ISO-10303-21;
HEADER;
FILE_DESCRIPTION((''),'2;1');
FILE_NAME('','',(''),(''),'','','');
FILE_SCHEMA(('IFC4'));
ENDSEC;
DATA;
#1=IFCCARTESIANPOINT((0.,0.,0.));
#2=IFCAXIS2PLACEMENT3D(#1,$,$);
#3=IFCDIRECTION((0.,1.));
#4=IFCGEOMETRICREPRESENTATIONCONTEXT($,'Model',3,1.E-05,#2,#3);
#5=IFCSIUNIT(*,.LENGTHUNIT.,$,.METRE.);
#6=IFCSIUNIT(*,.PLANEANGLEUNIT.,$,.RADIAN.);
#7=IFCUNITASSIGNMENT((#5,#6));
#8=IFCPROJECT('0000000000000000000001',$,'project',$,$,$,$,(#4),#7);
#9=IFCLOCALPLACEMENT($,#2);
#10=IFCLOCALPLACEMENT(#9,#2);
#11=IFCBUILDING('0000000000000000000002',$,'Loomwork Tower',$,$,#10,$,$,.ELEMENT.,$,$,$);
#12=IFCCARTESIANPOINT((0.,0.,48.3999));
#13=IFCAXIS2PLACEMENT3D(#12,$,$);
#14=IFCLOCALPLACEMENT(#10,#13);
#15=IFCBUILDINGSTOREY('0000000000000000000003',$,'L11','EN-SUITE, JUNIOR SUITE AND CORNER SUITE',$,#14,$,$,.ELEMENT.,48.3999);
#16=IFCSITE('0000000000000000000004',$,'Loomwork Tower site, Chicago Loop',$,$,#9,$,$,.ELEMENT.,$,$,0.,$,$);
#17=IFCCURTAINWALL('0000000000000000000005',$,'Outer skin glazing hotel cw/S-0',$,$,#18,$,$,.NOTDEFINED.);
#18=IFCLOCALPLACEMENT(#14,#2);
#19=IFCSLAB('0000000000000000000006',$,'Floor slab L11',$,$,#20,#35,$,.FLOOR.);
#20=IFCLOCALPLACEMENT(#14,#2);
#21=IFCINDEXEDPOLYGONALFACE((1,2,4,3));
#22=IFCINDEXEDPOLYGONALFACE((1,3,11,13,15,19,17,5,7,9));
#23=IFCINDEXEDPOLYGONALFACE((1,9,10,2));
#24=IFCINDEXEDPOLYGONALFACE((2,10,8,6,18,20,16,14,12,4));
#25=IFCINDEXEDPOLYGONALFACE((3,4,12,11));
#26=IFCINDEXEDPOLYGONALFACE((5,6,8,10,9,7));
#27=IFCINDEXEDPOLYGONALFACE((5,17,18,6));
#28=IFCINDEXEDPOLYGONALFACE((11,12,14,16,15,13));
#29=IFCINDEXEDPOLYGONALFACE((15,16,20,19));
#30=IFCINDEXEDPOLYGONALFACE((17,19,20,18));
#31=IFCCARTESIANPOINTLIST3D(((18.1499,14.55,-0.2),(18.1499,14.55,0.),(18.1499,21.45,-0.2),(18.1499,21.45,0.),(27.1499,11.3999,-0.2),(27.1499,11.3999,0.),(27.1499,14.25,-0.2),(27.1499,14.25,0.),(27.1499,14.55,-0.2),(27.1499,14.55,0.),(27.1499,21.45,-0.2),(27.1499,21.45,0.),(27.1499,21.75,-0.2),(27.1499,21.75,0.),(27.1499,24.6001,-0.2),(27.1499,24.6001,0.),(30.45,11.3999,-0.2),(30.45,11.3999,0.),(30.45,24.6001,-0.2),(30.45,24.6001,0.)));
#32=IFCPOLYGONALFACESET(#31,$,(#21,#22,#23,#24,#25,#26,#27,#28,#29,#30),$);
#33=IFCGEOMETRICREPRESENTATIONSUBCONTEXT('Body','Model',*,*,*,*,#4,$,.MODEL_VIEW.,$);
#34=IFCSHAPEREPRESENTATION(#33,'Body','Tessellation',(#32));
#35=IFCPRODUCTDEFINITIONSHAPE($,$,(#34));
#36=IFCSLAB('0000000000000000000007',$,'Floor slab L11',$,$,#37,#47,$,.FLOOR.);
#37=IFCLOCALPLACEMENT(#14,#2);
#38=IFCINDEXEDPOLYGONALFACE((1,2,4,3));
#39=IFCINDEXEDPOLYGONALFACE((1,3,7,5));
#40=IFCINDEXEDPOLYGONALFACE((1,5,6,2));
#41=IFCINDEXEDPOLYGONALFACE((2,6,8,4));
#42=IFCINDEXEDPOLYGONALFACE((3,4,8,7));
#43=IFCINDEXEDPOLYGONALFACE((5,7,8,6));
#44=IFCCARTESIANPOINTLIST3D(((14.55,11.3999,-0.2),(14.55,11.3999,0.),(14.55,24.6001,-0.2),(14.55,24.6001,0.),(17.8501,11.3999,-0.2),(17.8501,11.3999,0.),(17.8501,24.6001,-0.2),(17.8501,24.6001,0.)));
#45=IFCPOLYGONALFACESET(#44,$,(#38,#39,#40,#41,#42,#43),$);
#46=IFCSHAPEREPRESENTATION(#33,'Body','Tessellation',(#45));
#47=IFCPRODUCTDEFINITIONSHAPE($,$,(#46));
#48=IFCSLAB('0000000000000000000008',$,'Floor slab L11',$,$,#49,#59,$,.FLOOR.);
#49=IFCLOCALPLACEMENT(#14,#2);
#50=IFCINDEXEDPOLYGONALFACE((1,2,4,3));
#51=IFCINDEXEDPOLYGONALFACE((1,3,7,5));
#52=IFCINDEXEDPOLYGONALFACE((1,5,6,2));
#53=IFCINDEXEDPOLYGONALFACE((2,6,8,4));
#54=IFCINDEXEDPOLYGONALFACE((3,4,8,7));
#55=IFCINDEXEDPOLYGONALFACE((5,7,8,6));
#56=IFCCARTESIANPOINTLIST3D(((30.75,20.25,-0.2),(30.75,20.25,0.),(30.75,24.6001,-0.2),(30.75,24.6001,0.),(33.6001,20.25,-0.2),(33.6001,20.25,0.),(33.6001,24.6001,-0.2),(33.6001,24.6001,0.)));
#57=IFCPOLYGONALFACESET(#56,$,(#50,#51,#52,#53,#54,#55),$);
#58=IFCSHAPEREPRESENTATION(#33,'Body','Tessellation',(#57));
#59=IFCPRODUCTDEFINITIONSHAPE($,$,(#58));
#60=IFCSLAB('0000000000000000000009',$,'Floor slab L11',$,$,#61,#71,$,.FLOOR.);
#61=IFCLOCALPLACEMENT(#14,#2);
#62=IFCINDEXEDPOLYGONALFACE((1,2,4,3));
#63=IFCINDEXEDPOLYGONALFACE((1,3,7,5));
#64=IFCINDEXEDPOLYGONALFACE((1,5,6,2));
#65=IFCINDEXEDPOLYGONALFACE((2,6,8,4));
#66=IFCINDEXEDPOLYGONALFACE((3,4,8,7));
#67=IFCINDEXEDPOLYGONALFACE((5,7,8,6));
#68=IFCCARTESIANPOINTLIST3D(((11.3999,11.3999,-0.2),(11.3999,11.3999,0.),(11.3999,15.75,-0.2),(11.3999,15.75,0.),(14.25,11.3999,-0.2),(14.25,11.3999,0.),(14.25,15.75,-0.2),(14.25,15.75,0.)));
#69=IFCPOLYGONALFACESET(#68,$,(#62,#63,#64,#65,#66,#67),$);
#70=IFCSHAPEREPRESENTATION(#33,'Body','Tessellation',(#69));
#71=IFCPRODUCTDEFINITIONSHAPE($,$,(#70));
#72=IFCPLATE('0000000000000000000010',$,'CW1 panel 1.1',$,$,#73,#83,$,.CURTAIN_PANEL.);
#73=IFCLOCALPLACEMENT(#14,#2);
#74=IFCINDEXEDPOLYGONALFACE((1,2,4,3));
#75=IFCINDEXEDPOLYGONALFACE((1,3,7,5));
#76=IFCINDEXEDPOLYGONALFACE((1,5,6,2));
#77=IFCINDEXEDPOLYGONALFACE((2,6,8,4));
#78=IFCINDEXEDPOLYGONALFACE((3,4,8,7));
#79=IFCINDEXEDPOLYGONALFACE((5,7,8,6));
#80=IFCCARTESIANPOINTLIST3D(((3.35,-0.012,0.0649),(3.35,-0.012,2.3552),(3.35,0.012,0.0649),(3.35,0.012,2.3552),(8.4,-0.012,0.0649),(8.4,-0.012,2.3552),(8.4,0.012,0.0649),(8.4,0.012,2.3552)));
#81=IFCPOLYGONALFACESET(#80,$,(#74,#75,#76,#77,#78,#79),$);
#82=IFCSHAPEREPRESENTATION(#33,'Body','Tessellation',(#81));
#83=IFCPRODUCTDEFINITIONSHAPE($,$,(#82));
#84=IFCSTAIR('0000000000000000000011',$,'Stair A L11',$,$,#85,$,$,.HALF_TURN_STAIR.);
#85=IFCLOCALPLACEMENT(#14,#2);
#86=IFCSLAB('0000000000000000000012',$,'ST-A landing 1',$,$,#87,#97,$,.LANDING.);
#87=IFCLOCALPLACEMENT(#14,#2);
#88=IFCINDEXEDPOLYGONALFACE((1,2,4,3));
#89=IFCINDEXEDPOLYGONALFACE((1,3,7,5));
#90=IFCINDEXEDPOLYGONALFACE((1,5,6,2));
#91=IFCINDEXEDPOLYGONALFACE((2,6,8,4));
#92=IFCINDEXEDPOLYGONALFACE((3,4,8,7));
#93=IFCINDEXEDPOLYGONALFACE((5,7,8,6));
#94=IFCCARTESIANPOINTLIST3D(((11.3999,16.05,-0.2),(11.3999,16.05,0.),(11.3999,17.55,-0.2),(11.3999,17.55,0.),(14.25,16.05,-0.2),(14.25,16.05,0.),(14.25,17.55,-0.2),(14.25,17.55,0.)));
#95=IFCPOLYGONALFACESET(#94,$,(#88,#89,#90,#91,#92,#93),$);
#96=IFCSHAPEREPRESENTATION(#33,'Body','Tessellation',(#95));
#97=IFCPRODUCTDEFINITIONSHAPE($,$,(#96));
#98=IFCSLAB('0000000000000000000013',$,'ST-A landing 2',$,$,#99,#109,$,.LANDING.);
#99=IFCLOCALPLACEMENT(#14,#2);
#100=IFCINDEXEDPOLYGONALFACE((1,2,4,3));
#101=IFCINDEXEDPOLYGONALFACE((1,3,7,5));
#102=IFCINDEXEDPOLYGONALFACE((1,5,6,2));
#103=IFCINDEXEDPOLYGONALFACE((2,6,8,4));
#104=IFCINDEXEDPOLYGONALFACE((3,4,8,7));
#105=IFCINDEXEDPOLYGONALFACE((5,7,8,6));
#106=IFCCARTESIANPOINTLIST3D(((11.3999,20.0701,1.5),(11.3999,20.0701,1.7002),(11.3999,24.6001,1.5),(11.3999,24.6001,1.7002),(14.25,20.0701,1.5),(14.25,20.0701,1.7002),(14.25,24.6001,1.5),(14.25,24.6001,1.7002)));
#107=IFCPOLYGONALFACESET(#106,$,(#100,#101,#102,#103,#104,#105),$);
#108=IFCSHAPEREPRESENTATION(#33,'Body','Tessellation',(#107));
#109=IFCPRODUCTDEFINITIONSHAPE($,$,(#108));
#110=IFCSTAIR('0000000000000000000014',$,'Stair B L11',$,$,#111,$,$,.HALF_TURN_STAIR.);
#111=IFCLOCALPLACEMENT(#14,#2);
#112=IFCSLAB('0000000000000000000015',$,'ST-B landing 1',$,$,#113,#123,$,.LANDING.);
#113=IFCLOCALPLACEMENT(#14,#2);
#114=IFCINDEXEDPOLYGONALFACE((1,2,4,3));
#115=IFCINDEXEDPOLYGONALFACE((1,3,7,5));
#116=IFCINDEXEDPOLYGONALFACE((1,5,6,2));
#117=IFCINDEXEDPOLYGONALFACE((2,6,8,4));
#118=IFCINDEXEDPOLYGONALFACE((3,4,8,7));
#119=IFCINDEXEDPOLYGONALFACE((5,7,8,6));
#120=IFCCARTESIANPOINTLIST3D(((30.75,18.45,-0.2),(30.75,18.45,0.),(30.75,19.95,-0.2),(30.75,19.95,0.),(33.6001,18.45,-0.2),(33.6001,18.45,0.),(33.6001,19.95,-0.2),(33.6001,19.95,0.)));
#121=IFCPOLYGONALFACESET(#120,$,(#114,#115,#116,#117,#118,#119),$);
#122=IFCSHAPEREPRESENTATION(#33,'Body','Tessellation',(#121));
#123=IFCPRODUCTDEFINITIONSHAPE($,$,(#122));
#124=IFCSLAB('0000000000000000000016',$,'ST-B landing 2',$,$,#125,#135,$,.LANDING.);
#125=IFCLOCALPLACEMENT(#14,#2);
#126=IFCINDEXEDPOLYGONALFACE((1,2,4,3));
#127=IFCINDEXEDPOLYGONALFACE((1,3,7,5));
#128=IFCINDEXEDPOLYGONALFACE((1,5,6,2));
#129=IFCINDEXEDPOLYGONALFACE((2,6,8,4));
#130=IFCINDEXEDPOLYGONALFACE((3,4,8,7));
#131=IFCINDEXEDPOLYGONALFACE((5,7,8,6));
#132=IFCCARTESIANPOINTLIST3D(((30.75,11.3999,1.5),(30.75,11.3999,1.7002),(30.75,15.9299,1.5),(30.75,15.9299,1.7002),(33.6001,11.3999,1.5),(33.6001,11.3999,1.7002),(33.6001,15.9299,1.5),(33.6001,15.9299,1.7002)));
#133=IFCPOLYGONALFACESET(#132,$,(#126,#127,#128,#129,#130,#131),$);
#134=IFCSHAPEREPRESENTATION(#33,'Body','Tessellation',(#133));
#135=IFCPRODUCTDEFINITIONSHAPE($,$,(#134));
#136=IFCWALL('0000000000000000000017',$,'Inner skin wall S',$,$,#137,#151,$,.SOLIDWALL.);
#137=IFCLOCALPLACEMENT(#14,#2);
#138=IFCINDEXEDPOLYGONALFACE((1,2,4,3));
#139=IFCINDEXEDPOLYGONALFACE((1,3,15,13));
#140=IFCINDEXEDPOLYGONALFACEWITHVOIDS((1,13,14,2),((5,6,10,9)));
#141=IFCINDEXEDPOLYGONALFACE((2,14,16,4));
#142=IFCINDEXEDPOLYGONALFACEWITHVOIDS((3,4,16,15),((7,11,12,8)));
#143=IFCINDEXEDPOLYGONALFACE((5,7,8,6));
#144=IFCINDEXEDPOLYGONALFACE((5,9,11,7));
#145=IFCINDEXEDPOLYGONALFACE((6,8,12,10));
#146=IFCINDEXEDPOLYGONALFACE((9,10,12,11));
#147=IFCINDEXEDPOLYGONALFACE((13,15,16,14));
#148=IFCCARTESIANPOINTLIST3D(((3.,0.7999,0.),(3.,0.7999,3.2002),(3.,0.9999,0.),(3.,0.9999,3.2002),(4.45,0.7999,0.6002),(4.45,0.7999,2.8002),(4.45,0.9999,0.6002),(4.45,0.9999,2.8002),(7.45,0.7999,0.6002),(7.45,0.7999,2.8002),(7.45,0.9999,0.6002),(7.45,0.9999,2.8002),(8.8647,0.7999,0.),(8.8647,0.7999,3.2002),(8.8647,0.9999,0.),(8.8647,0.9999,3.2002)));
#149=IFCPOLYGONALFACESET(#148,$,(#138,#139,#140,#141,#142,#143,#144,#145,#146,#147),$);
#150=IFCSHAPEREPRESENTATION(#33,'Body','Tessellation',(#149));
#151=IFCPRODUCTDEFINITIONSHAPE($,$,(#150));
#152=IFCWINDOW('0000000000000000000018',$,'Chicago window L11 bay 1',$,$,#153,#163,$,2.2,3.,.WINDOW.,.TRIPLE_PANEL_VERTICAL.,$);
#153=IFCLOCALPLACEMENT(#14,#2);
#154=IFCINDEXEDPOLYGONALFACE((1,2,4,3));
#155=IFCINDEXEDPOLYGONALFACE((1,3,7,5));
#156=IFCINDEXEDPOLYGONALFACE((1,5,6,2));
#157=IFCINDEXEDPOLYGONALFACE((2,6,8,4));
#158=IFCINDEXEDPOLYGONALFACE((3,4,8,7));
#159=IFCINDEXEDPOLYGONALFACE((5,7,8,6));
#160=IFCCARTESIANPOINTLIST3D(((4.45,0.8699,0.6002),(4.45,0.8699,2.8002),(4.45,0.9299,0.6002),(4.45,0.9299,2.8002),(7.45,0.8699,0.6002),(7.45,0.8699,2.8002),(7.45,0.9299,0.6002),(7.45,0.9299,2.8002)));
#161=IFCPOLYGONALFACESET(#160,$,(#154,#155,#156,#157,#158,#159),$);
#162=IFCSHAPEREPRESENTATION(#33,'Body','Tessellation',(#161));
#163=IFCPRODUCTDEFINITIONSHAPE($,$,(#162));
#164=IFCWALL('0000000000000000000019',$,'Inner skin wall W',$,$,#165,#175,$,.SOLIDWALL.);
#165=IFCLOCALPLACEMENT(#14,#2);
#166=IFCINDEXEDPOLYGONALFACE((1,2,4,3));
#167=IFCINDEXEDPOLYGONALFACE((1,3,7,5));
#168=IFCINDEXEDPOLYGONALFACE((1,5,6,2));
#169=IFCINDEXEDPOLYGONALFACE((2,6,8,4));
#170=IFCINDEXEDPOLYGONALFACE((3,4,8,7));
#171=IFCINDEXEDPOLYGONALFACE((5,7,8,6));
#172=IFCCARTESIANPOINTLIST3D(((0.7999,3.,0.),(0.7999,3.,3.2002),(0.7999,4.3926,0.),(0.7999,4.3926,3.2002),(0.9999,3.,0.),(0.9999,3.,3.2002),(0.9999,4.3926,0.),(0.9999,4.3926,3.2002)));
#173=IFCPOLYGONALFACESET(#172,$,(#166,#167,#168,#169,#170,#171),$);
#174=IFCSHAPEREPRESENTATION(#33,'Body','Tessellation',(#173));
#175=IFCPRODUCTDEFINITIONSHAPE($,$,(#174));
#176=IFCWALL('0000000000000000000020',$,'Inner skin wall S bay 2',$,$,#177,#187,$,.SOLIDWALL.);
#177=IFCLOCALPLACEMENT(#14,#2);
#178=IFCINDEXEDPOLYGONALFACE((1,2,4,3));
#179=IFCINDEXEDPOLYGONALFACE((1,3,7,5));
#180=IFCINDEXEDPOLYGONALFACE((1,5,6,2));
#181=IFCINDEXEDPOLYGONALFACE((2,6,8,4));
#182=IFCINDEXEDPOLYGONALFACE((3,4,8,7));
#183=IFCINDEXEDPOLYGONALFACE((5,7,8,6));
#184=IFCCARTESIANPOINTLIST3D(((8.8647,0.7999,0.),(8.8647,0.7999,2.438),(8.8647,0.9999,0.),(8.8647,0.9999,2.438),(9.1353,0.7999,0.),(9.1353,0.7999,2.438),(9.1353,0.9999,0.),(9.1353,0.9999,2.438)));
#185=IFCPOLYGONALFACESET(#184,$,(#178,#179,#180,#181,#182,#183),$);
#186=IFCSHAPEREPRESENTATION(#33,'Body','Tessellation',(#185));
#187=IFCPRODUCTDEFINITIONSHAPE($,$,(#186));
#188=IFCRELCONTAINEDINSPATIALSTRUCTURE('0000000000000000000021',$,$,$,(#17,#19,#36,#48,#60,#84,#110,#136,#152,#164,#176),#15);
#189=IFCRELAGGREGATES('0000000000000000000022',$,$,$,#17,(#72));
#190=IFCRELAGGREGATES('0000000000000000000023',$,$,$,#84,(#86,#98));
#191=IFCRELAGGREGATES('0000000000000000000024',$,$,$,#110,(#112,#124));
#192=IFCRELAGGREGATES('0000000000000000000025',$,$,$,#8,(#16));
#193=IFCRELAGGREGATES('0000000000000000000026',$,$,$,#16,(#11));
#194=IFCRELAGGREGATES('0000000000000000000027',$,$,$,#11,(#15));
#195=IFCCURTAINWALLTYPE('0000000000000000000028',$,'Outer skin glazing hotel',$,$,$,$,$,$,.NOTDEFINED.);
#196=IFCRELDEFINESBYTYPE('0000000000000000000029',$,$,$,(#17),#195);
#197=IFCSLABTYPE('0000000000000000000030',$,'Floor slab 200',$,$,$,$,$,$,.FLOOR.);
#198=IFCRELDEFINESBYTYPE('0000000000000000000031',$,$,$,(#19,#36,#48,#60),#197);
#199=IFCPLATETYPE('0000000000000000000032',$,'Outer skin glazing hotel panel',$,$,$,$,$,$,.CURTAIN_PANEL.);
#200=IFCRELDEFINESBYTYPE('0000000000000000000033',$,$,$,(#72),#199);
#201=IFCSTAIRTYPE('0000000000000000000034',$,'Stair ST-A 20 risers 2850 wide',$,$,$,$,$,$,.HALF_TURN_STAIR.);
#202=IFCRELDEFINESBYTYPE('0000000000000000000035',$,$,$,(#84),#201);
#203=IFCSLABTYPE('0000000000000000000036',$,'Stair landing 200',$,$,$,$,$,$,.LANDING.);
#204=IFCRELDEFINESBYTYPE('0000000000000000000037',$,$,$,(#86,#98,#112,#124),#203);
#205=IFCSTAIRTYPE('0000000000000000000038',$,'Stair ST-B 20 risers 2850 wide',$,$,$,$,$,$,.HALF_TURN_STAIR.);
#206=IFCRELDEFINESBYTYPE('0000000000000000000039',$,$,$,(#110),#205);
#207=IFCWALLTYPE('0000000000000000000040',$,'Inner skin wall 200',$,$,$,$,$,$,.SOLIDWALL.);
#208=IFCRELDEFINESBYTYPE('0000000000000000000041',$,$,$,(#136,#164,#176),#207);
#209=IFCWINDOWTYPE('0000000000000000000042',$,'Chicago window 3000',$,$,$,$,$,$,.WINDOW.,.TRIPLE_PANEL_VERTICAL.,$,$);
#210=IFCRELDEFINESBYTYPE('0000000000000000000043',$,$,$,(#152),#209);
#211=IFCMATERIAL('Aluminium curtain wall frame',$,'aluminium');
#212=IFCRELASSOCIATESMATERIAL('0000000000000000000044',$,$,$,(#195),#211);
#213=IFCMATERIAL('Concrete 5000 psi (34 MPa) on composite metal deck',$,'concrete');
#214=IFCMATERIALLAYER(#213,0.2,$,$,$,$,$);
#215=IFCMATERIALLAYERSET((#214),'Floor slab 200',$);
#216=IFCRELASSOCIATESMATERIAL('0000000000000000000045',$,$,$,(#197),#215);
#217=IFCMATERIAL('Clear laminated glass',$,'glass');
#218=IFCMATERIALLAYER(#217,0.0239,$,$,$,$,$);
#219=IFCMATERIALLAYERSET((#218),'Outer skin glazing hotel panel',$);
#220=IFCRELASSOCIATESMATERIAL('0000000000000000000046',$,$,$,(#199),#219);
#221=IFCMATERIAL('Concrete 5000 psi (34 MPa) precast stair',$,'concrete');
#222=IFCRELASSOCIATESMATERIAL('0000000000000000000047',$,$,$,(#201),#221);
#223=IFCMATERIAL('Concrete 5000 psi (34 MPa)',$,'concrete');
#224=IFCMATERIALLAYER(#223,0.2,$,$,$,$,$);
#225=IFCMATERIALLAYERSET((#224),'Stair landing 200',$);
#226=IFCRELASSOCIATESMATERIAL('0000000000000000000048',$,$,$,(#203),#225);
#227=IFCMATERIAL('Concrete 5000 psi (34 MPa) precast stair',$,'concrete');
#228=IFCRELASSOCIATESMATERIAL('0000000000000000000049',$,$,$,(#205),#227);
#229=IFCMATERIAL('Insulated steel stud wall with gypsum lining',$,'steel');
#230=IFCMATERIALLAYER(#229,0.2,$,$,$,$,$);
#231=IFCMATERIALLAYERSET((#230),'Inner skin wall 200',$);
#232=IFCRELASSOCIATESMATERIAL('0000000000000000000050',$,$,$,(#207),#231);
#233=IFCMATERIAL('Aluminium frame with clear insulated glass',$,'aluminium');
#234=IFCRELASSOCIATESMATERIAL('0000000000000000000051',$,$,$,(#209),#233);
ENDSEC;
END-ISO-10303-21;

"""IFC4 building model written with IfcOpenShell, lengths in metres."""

from ifc_helpers import new_model, si_unit, direction, frame, frame_2d, origin, origin_2d, place, context, subcontext, project, spatial, polyline, rectangle, outline, extrude, material, layer, layer_set, type_object, element, fill, aggregate, save


model = new_model("IFC4")

# Units and contexts
model_context = context("Model", 3, precision=1e-05, world=origin(), true_north=direction((0.0, 1.0)))
body_context = subcontext(model_context, "Body", "Model", "MODEL_VIEW")
ifc_project = project(units=[si_unit("LENGTHUNIT", "METRE"), si_unit("PLANEANGLEUNIT", "RADIAN")], contexts=[model_context])

# Site, building, storey
site_placement = place(None, origin())
site = spatial("IfcSite", under=ifc_project, at=site_placement, Name="Loomwork Tower site, Chicago Loop", CompositionType="ELEMENT", RefElevation=0.0)
building_placement = place(site_placement, origin())
building = spatial("IfcBuilding", under=site, at=building_placement, Name="Loomwork Tower", CompositionType="ELEMENT")
storey_placement = place(building_placement, frame((0.0, 0.0, 48.3999)))
storey = spatial("IfcBuildingStorey", under=building, at=storey_placement, Name="L11", Description="EN-SUITE, JUNIOR SUITE AND CORNER SUITE", CompositionType="ELEMENT", Elevation=48.3999)

# Curtain wall
ifc_material_1 = material(Name="Aluminium curtain wall frame", Category="aluminium")
curtain_wall_type = type_object("IfcCurtainWallType", Name="Outer skin glazing hotel", PredefinedType="NOTDEFINED", material=ifc_material_1)
curtain_wall_1_placement = place(storey_placement, origin())
curtain_wall_1 = element("IfcCurtainWall", 1, at=curtain_wall_1_placement, inside=storey, type_object=curtain_wall_type, Name="Outer skin glazing hotel cw/S-0", PredefinedType="NOTDEFINED")

# Slabs
ifc_material_2 = material(Name="Concrete 5000 psi (34 MPa) on composite metal deck", Category="concrete")
ifc_layer_1 = layer(ifc_material_2, 0.2)
ifc_layer_set_1 = layer_set([ifc_layer_1], Name="Floor slab 200")
slab_type_1 = type_object("IfcSlabType", Name="Floor slab 200", PredefinedType="FLOOR", material=ifc_layer_set_1)
slab_1_placement = place(storey_placement, frame((0.0, 0.0, -0.2)))
element("IfcSlab", 2, at=slab_1_placement, inside=storey, type_object=slab_type_1, Name="Floor slab L11", PredefinedType="FLOOR", context=body_context, shape_type="SweptSolid", body=[
    extrude(outline(polyline([(30.45, 24.6001), (30.45, 11.3999), (27.1499, 11.3999), (27.1499, 14.25), (27.1499, 14.55), (18.1499, 14.55), (18.1499, 21.45), (27.1499, 21.45), (27.1499, 21.75), (27.1499, 24.6001), (30.45, 24.6001)])), origin(), (0.0, 0.0, 1.0), 0.2),
])
slab_2_placement = place(storey_placement, frame((0.0, 0.0, -0.2)))
element("IfcSlab", 3, at=slab_2_placement, inside=storey, type_object=slab_type_1, Name="Floor slab L11", PredefinedType="FLOOR", context=body_context, shape_type="SweptSolid", body=[
    extrude(outline(polyline([(14.55, 11.3999), (14.55, 24.6001), (17.8501, 24.6001), (17.8501, 11.3999), (14.55, 11.3999)])), origin(), (0.0, 0.0, 1.0), 0.2),
])
slab_3_placement = place(storey_placement, frame((0.0, 0.0, -0.2)))
element("IfcSlab", 4, at=slab_3_placement, inside=storey, type_object=slab_type_1, Name="Floor slab L11", PredefinedType="FLOOR", context=body_context, shape_type="SweptSolid", body=[
    extrude(outline(polyline([(33.6001, 20.25), (30.75, 20.25), (30.75, 24.6001), (33.6001, 24.6001), (33.6001, 20.25)])), origin(), (0.0, 0.0, 1.0), 0.2),
])
slab_4_placement = place(storey_placement, frame((0.0, 0.0, -0.2)))
element("IfcSlab", 5, at=slab_4_placement, inside=storey, type_object=slab_type_1, Name="Floor slab L11", PredefinedType="FLOOR", context=body_context, shape_type="SweptSolid", body=[
    extrude(outline(polyline([(14.25, 15.75), (14.25, 11.3999), (11.3999, 11.3999), (11.3999, 15.75), (14.25, 15.75)])), origin(), (0.0, 0.0, 1.0), 0.2),
])

# Plate
ifc_material_3 = material(Name="Clear laminated glass", Category="glass")
ifc_layer_2 = layer(ifc_material_3, 0.0239)
ifc_layer_set_2 = layer_set([ifc_layer_2], Name="Outer skin glazing hotel panel")
plate_type = type_object("IfcPlateType", Name="Outer skin glazing hotel panel", PredefinedType="CURTAIN_PANEL", material=ifc_layer_set_2)
plate_placement = place(storey_placement, frame((5.875, 0.0, 0.0649), z_axis=(0.0, 0.0, 1.0), x_axis=(1.0, 0.0, 0.0)))
plate = element("IfcPlate", 6, at=plate_placement, type_object=plate_type, Name="CW1 panel 1.1", PredefinedType="CURTAIN_PANEL", context=body_context, shape_type="SweptSolid", body=[
    extrude(rectangle(XDim=5.05, YDim=0.0239, at=origin_2d()), origin(), (0.0, 0.0, 1.0), 2.2903),
])
aggregate(curtain_wall_1, [plate])

# Stairs, slabs
ifc_material_4 = material(Name="Concrete 5000 psi (34 MPa) precast stair", Category="concrete")
stair_type_1 = type_object("IfcStairType", Name="Stair ST-A 20 risers 2850 wide", PredefinedType="HALF_TURN_STAIR", material=ifc_material_4)
stair_1_placement = place(storey_placement, origin())
stair_1 = element("IfcStair", 7, at=stair_1_placement, inside=storey, type_object=stair_type_1, Name="Stair A L11", PredefinedType="HALF_TURN_STAIR")
ifc_material_5 = material(Name="Concrete 5000 psi (34 MPa)", Category="concrete")
ifc_layer_3 = layer(ifc_material_5, 0.2)
ifc_layer_set_3 = layer_set([ifc_layer_3], Name="Stair landing 200")
slab_type_2 = type_object("IfcSlabType", Name="Stair landing 200", PredefinedType="LANDING", material=ifc_layer_set_3)
slab_5_placement = place(storey_placement, frame((0.0, 0.0, -0.2)))
slab_5 = element("IfcSlab", 8, at=slab_5_placement, type_object=slab_type_2, Name="ST-A landing 1", PredefinedType="LANDING", context=body_context, shape_type="SweptSolid", body=[
    extrude(outline(polyline([(11.3999, 16.05), (14.25, 16.05), (14.25, 17.55), (11.3999, 17.55), (11.3999, 16.05)])), origin(), (0.0, 0.0, 1.0), 0.2),
])
slab_6_placement = place(storey_placement, frame((0.0, 0.0, 1.5)))
slab_6 = element("IfcSlab", 9, at=slab_6_placement, type_object=slab_type_2, Name="ST-A landing 2", PredefinedType="LANDING", context=body_context, shape_type="SweptSolid", body=[
    extrude(outline(polyline([(11.3999, 20.0701), (14.25, 20.0701), (14.25, 24.6001), (11.3999, 24.6001), (11.3999, 20.0701)])), origin(), (0.0, 0.0, 1.0), 0.2002),
])
aggregate(stair_1, [slab_5, slab_6])
ifc_material_6 = material(Name="Concrete 5000 psi (34 MPa) precast stair", Category="concrete")
stair_type_2 = type_object("IfcStairType", Name="Stair ST-B 20 risers 2850 wide", PredefinedType="HALF_TURN_STAIR", material=ifc_material_6)
stair_2_placement = place(storey_placement, origin())
stair_2 = element("IfcStair", 10, at=stair_2_placement, inside=storey, type_object=stair_type_2, Name="Stair B L11", PredefinedType="HALF_TURN_STAIR")
slab_7_placement = place(storey_placement, frame((0.0, 0.0, -0.2)))
slab_7 = element("IfcSlab", 11, at=slab_7_placement, type_object=slab_type_2, Name="ST-B landing 1", PredefinedType="LANDING", context=body_context, shape_type="SweptSolid", body=[
    extrude(outline(polyline([(30.75, 18.45), (33.6001, 18.45), (33.6001, 19.95), (30.75, 19.95), (30.75, 18.45)])), origin(), (0.0, 0.0, 1.0), 0.2),
])
slab_8_placement = place(storey_placement, frame((0.0, 0.0, 1.5)))
slab_8 = element("IfcSlab", 12, at=slab_8_placement, type_object=slab_type_2, Name="ST-B landing 2", PredefinedType="LANDING", context=body_context, shape_type="SweptSolid", body=[
    extrude(outline(polyline([(30.75, 11.3999), (33.6001, 11.3999), (33.6001, 15.9299), (30.75, 15.9299), (30.75, 11.3999)])), origin(), (0.0, 0.0, 1.0), 0.2002),
])
aggregate(stair_2, [slab_7, slab_8])

# Wall, opening, window
ifc_material_7 = material(Name="Insulated steel stud wall with gypsum lining", Category="steel")
ifc_layer_4 = layer(ifc_material_7, 0.2)
ifc_layer_set_4 = layer_set([ifc_layer_4], Name="Inner skin wall 200")
wall_type_1 = type_object("IfcWallType", Name="Inner skin wall 200", PredefinedType="SOLIDWALL", material=ifc_layer_set_4)
wall_1_placement = place(storey_placement, frame((3.0, 0.8999, 0.0), z_axis=(0.0, 0.0, 1.0), x_axis=(1.0, 0.0, 0.0)))
wall_1 = element("IfcWall", 13, at=wall_1_placement, inside=storey, type_object=wall_type_1, Name="Inner skin wall S", PredefinedType="SOLIDWALL", context=body_context, shape_type="SweptSolid", body=[
    extrude(rectangle(XDim=5.8647, YDim=0.2, at=frame_2d((2.9324, 0.0))), origin(), (0.0, 0.0, 1.0), 3.2002),
])
opening_1_placement = place(wall_1_placement, frame((1.45, 0.0, 0.6001)))
opening_1 = element("IfcOpeningElement", 14, at=opening_1_placement, cuts=wall_1, PredefinedType="OPENING", context=body_context, shape_type="SweptSolid", body=[
    extrude(rectangle(XDim=3.0, YDim=2.2, at=frame_2d((1.5, 1.1001))), frame((0.0, 0.1099, 0.0), z_axis=(0.0, -1.0, 0.0), x_axis=(1.0, 0.0, 0.0)), (0.0, 0.0, 1.0), 0.22),
])
ifc_material_8 = material(Name="Aluminium frame with clear insulated glass", Category="aluminium")
window_type_1 = type_object("IfcWindowType", Name="Chicago window 3000", PartitioningType="TRIPLE_PANEL_VERTICAL", PredefinedType="WINDOW", material=ifc_material_8)
window_1_placement = place(opening_1_placement, origin())
window_1 = element("IfcWindow", 15, at=window_1_placement, inside=storey, type_object=window_type_1, Name="Chicago window L11 bay 1", OverallHeight=2.2, OverallWidth=3.0, PartitioningType="TRIPLE_PANEL_VERTICAL", PredefinedType="WINDOW", context=body_context, shape_type="SweptSolid", body=[
    extrude(rectangle(XDim=3.0, YDim=2.2, at=frame_2d((1.5, 1.1001))), frame((0.0, 0.03, 0.0), z_axis=(0.0, -1.0, 0.0), x_axis=(1.0, 0.0, 0.0)), (0.0, 0.0, 1.0), 0.0601),
])
fill(opening_1, window_1)

# Walls
wall_2_placement = place(storey_placement, frame((0.8999, 3.0, 0.0), z_axis=(0.0, 0.0, 1.0), x_axis=(0.0, 1.0, 0.0)))
element("IfcWall", 16, at=wall_2_placement, inside=storey, type_object=wall_type_1, Name="Inner skin wall W", PredefinedType="SOLIDWALL", context=body_context, shape_type="SweptSolid", body=[
    extrude(rectangle(XDim=1.3926, YDim=0.2, at=frame_2d((0.6963, 0.0))), origin(), (0.0, 0.0, 1.0), 3.2002),
])
wall_3_placement = place(storey_placement, frame((8.8647, 0.8999, 0.0), z_axis=(0.0, 0.0, 1.0), x_axis=(1.0, 0.0, 0.0)))
element("IfcWall", 17, at=wall_3_placement, inside=storey, type_object=wall_type_1, Name="Inner skin wall S bay 2", PredefinedType="SOLIDWALL", context=body_context, shape_type="SweptSolid", body=[
    extrude(rectangle(XDim=0.2705, YDim=0.2, at=frame_2d((0.1353, 0.0))), origin(), (0.0, 0.0, 1.0), 2.438),
])

save(model, "model.ifc")
